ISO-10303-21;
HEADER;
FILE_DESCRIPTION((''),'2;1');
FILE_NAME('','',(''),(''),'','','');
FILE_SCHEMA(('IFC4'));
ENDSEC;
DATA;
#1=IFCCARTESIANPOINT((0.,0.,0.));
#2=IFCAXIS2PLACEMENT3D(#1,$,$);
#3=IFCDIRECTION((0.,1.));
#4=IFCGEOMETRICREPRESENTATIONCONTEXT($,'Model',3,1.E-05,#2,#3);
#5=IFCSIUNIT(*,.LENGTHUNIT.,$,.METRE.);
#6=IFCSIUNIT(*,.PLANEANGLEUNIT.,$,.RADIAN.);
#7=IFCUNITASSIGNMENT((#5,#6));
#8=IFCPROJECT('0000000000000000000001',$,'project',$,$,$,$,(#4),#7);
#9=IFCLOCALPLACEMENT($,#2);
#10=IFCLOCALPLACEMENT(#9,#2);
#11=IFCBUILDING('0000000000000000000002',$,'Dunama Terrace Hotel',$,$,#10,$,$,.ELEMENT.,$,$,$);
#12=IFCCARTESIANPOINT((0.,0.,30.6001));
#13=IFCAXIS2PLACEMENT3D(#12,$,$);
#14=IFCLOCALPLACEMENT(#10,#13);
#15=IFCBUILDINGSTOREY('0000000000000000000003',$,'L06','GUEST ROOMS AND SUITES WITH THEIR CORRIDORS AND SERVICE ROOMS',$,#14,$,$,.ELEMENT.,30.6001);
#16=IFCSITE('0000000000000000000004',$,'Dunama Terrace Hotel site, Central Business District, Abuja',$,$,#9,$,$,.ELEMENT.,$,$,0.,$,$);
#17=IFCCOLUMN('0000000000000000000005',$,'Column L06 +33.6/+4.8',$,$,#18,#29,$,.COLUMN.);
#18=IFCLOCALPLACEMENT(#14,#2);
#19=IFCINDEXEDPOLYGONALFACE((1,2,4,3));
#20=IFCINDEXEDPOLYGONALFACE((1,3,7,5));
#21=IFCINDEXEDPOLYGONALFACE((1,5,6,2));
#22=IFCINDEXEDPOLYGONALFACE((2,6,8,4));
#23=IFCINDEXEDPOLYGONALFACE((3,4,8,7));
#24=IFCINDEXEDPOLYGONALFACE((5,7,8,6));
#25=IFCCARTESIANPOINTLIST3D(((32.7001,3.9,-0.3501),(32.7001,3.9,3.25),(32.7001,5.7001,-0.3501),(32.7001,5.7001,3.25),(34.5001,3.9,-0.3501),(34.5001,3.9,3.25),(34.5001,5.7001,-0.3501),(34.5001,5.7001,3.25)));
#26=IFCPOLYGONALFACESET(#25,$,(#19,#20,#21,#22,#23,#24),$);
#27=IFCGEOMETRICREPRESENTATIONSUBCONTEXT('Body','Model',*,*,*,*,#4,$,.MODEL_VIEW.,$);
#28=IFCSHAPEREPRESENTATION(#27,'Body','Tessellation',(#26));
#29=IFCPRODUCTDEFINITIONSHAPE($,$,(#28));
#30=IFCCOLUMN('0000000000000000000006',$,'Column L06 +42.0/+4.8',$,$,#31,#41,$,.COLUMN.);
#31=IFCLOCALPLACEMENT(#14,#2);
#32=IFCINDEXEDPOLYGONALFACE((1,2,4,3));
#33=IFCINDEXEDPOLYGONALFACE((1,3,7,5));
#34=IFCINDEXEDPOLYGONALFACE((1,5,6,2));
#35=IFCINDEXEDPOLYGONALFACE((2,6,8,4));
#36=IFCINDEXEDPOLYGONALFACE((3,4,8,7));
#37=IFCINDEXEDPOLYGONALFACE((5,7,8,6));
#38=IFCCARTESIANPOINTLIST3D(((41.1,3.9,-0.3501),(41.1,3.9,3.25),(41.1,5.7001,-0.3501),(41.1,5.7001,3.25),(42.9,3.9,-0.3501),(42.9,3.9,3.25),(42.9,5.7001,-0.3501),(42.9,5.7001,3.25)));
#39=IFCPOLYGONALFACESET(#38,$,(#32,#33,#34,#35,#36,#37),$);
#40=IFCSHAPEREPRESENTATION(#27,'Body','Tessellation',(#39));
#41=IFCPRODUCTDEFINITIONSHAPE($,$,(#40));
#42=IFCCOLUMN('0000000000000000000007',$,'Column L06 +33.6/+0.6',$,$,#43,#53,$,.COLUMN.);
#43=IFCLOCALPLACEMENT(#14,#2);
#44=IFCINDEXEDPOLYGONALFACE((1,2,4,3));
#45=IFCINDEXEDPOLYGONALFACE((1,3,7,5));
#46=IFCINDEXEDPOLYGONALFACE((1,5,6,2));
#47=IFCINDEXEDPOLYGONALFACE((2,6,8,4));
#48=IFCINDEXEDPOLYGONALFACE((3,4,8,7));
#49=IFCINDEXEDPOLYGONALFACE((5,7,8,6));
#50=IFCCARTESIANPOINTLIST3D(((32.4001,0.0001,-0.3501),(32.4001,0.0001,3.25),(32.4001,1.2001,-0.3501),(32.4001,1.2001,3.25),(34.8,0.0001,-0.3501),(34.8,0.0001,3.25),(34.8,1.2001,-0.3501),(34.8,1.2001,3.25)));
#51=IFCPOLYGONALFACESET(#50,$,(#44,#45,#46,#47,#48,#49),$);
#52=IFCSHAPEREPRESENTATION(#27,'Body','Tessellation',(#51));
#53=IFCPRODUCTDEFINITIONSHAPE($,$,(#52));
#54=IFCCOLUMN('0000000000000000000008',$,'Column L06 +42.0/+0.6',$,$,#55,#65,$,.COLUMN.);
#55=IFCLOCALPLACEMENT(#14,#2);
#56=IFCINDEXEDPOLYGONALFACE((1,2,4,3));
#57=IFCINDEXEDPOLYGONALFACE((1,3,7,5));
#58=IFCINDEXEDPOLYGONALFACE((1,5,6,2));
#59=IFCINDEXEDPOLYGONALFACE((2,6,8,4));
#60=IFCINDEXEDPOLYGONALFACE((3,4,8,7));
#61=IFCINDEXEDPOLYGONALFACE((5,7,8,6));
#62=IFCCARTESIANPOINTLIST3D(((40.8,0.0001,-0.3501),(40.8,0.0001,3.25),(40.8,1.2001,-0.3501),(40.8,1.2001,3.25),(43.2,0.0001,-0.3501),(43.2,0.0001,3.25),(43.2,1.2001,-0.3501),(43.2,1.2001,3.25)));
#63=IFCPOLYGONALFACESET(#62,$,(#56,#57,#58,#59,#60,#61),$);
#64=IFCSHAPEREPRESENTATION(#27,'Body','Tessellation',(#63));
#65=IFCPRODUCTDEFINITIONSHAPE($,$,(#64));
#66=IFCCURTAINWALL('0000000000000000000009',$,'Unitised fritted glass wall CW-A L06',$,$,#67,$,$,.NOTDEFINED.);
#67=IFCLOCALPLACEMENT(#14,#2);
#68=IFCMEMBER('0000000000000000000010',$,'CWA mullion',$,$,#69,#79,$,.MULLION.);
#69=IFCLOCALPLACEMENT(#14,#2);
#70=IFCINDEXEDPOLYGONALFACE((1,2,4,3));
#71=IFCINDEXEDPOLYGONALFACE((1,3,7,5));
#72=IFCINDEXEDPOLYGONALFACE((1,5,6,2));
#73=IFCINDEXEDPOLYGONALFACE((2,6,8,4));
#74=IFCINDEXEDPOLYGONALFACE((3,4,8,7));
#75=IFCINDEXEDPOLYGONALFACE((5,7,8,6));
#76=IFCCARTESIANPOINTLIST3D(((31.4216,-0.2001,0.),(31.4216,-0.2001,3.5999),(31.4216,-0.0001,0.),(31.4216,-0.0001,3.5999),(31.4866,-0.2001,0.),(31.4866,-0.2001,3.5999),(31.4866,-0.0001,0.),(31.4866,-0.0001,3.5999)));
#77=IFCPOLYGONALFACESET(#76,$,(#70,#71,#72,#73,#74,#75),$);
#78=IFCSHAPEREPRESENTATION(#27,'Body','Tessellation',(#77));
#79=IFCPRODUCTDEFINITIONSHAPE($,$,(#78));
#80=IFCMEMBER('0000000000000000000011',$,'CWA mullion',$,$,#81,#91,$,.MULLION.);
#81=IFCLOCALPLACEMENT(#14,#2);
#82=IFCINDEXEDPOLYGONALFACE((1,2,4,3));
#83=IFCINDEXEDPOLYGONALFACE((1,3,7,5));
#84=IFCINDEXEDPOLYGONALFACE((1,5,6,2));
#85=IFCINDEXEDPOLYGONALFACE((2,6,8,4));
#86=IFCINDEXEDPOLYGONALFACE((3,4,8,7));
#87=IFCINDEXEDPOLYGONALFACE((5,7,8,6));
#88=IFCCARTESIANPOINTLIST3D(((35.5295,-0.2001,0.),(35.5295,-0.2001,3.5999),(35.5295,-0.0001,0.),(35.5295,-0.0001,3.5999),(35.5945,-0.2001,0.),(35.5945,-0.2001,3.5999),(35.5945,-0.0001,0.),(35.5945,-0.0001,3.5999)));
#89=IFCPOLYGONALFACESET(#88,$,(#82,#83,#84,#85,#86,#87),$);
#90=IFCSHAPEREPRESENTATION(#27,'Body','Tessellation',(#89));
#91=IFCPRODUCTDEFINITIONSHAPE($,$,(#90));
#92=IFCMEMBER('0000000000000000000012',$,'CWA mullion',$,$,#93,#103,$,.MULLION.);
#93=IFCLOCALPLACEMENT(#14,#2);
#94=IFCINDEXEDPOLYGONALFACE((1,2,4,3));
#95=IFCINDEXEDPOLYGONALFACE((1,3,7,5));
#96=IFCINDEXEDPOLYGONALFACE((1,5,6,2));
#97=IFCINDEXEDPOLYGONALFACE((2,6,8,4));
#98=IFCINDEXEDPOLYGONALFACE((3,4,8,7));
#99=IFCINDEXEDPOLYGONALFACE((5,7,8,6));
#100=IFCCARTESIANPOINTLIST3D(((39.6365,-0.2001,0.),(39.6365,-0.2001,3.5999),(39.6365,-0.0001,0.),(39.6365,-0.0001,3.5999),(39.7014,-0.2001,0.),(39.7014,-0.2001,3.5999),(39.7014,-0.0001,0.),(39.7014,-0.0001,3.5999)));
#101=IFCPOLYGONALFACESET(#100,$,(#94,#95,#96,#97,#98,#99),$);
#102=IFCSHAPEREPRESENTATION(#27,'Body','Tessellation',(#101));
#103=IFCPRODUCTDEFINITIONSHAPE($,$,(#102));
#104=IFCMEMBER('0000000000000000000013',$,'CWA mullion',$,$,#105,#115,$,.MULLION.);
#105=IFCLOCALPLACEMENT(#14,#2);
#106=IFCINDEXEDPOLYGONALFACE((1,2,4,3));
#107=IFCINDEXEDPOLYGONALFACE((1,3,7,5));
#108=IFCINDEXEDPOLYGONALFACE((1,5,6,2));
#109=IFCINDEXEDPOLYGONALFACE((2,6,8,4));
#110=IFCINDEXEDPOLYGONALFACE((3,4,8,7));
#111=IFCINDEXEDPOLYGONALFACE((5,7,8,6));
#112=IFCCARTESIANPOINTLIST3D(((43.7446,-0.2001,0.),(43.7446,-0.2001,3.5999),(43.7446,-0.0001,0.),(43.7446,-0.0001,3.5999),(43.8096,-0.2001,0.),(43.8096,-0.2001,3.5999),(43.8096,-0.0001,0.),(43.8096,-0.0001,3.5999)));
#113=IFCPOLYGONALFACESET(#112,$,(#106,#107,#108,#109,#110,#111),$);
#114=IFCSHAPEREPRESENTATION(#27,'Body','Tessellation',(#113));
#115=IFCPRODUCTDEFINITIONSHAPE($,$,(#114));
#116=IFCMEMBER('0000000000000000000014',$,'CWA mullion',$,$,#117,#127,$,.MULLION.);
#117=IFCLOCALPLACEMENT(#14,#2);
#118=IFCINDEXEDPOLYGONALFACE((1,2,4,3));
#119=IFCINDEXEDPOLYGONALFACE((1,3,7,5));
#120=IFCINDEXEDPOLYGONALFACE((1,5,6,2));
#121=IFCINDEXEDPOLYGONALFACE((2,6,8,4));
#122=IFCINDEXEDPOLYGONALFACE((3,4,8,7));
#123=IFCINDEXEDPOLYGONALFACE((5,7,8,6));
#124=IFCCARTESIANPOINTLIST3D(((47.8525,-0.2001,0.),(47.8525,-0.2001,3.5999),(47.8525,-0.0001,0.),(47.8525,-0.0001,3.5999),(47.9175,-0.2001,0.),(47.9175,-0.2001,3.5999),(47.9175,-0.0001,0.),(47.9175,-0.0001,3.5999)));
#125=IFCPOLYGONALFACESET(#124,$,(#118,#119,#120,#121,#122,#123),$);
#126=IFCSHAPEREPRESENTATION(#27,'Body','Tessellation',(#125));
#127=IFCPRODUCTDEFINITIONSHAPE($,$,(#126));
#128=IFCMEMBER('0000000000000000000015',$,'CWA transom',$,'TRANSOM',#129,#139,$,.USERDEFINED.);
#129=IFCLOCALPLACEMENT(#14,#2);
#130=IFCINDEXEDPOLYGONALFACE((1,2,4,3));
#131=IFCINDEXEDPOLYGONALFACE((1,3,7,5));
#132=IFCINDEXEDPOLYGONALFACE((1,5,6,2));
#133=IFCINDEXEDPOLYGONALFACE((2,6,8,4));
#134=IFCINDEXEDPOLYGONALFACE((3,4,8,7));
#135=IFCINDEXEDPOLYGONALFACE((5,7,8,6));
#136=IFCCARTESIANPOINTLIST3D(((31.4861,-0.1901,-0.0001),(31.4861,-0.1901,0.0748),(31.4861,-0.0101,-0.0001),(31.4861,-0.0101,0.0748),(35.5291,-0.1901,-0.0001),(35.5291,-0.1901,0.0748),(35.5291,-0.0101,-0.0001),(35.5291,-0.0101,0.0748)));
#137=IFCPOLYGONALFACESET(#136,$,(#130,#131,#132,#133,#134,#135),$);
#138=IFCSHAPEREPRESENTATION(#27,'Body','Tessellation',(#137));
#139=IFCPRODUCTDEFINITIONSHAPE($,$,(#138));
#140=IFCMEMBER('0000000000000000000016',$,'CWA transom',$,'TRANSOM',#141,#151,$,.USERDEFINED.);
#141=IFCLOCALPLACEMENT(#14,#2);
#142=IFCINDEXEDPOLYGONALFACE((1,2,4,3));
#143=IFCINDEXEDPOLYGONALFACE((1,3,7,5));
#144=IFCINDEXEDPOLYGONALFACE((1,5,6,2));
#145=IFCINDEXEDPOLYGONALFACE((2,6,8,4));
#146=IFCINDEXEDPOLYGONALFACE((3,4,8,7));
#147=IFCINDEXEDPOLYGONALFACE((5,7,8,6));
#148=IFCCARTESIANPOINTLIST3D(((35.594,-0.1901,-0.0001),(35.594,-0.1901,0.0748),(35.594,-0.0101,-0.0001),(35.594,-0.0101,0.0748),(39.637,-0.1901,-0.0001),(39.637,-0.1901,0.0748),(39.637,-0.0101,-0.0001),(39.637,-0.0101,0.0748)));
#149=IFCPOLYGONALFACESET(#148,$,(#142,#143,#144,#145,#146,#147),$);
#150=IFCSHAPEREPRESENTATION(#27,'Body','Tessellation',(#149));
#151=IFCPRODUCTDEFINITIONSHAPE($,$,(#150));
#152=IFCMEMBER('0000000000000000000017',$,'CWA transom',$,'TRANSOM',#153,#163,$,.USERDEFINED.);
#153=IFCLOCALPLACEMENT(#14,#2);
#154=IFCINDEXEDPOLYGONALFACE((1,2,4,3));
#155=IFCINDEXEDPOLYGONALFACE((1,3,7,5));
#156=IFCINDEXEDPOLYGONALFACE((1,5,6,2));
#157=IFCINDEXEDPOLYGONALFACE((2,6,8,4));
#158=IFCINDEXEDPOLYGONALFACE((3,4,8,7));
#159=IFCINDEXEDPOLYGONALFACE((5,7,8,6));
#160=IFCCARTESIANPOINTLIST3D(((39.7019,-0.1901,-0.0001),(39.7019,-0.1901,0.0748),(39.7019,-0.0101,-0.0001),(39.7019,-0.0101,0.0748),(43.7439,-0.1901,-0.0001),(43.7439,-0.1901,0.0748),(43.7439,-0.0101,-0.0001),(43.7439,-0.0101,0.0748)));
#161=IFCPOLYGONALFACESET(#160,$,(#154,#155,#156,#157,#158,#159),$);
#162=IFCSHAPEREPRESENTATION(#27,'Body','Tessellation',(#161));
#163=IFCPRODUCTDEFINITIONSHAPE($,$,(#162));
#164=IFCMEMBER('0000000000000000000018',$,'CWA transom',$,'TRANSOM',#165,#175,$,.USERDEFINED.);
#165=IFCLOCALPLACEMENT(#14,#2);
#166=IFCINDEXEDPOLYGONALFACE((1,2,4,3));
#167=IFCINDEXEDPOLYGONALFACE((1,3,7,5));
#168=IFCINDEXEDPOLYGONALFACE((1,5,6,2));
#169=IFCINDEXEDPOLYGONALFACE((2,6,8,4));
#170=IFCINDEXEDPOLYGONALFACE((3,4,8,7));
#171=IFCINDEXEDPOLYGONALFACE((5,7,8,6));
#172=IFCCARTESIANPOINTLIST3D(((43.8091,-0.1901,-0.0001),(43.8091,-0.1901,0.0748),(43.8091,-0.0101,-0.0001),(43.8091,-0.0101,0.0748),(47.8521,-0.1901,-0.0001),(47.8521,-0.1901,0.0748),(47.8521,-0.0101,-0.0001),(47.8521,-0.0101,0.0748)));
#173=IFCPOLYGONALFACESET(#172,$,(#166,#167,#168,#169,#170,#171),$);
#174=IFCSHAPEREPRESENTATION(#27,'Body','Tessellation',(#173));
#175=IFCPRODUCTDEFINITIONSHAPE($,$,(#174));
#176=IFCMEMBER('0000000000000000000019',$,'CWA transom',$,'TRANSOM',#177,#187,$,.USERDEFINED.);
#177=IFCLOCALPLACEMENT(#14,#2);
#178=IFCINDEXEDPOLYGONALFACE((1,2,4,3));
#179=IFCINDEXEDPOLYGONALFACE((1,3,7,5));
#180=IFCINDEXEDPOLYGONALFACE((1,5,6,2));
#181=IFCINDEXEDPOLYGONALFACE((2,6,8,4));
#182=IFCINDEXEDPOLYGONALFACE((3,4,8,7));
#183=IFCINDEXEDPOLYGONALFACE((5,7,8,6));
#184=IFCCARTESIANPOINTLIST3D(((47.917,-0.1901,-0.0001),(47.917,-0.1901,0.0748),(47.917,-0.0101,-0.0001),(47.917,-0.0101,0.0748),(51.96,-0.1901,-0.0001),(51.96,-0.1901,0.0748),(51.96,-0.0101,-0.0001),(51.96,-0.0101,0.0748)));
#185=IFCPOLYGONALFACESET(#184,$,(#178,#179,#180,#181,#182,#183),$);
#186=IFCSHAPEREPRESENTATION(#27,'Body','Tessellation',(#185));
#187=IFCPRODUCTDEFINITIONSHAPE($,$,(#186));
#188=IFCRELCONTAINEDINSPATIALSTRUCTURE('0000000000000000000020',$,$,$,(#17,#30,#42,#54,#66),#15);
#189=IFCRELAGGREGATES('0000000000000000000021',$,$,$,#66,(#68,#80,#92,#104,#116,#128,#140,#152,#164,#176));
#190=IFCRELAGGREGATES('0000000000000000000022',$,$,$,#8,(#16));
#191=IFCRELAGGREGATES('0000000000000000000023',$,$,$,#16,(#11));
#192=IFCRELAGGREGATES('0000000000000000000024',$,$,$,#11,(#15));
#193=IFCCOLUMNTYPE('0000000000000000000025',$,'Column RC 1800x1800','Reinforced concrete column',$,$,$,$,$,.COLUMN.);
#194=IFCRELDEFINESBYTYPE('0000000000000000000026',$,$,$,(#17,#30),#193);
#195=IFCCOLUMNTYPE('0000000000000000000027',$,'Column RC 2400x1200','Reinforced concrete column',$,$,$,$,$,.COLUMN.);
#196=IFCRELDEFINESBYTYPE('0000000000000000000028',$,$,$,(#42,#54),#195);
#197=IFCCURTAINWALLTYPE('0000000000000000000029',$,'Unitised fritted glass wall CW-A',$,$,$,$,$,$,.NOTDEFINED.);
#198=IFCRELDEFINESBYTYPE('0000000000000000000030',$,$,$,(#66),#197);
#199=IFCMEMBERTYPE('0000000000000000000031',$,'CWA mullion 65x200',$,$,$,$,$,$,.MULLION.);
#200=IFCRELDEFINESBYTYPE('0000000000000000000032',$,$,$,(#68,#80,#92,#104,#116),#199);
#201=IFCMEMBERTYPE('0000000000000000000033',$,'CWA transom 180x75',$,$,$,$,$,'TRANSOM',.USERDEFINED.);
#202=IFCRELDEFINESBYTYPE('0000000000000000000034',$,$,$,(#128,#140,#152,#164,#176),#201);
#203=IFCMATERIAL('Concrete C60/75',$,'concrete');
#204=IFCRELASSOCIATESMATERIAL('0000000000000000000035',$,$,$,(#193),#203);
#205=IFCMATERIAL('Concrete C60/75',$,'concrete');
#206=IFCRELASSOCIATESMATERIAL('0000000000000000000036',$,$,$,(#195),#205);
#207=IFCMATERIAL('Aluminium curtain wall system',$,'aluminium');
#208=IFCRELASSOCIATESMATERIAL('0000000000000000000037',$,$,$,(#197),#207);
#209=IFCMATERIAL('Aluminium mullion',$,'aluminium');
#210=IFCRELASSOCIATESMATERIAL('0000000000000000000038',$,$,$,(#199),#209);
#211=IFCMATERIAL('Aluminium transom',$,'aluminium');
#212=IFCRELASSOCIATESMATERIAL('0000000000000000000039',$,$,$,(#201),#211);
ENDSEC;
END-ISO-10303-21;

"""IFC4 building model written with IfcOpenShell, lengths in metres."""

from ifc_helpers import new_model, si_unit, direction, frame, origin, origin_2d, place, context, subcontext, project, spatial, rectangle, extrude, material, material_profile, profile_set, type_object, element, aggregate, save


model = new_model("IFC4")

# Units and contexts
model_context = context("Model", 3, precision=1e-05, world=origin(), true_north=direction((0.0, 1.0)))
body_context = subcontext(model_context, "Body", "Model", "MODEL_VIEW")
ifc_project = project(units=[si_unit("LENGTHUNIT", "METRE"), si_unit("PLANEANGLEUNIT", "RADIAN")], contexts=[model_context])

# Site, building, storey
site_placement = place(None, origin())
site = spatial("IfcSite", under=ifc_project, at=site_placement, Name="Dunama Terrace Hotel site, Central Business District, Abuja", CompositionType="ELEMENT", RefElevation=0.0)
building_placement = place(site_placement, origin())
building = spatial("IfcBuilding", under=site, at=building_placement, Name="Dunama Terrace Hotel", CompositionType="ELEMENT")
storey_placement = place(building_placement, frame((0.0, 0.0, 30.6001)))
storey = spatial("IfcBuildingStorey", under=building, at=storey_placement, Name="L06", Description="GUEST ROOMS AND SUITES WITH THEIR CORRIDORS AND SERVICE ROOMS", CompositionType="ELEMENT", Elevation=30.6001)

# Columns
ifc_material_1 = material(Name="Concrete C60/75", Category="concrete")
ifc_material_profile_1 = material_profile(ifc_material_1, rectangle(XDim=1.8, YDim=1.8, at=origin_2d()), Name="RC 1800x1800")
ifc_profile_set_1 = profile_set([ifc_material_profile_1], Name="Concrete C60/75")
column_type_1 = type_object("IfcColumnType", Name="Column RC 1800x1800", Description="Reinforced concrete column", PredefinedType="COLUMN", material=ifc_profile_set_1)
for number, where, z_axis, x_axis, name in (
    (1, (33.6001, 4.8, -0.3501), (0.0, 0.0, 1.0), (1.0, 0.0, 0.0), "Column L06 +33.6/+4.8"),
    (2, (42.0, 4.8, -0.3501), (0.0, 0.0, 1.0), (1.0, 0.0, 0.0), "Column L06 +42.0/+4.8"),
):
    element("IfcColumn", number, at=place(storey_placement, frame(where, z_axis=z_axis, x_axis=x_axis)), inside=storey, type_object=column_type_1, Name=name, PredefinedType="COLUMN", context=body_context, shape_type="SweptSolid", body=[
        extrude(rectangle(XDim=1.8, YDim=1.8, at=origin_2d()), origin(), (0.0, 0.0, 1.0), 3.6001),
    ])
ifc_material_2 = material(Name="Concrete C60/75", Category="concrete")
ifc_material_profile_2 = material_profile(ifc_material_2, rectangle(XDim=2.3999, YDim=1.2, at=origin_2d()), Name="RC 2400x1200")
ifc_profile_set_2 = profile_set([ifc_material_profile_2], Name="Concrete C60/75")
column_type_2 = type_object("IfcColumnType", Name="Column RC 2400x1200", Description="Reinforced concrete column", PredefinedType="COLUMN", material=ifc_profile_set_2)
for number, where, z_axis, x_axis, name in (
    (3, (33.6001, 0.6001, -0.3501), (0.0, 0.0, 1.0), (1.0, 0.0, 0.0), "Column L06 +33.6/+0.6"),
    (4, (42.0, 0.6001, -0.3501), (0.0, 0.0, 1.0), (1.0, 0.0, 0.0), "Column L06 +42.0/+0.6"),
):
    element("IfcColumn", number, at=place(storey_placement, frame(where, z_axis=z_axis, x_axis=x_axis)), inside=storey, type_object=column_type_2, Name=name, PredefinedType="COLUMN", context=body_context, shape_type="SweptSolid", body=[
        extrude(rectangle(XDim=2.3999, YDim=1.2, at=origin_2d()), origin(), (0.0, 0.0, 1.0), 3.6001),
    ])

# Curtain wall, members
ifc_material_3 = material(Name="Aluminium curtain wall system", Category="aluminium")
curtain_wall_type = type_object("IfcCurtainWallType", Name="Unitised fritted glass wall CW-A", PredefinedType="NOTDEFINED", material=ifc_material_3)
curtain_wall_placement = place(storey_placement, origin())
curtain_wall = element("IfcCurtainWall", 5, at=curtain_wall_placement, inside=storey, type_object=curtain_wall_type, Name="Unitised fritted glass wall CW-A L06", PredefinedType="NOTDEFINED")
ifc_material_4 = material(Name="Aluminium mullion", Category="aluminium")
ifc_material_profile_3 = material_profile(ifc_material_4, rectangle(XDim=0.0649, YDim=0.2, at=origin_2d()), Name="CWA MULLION 65X200")
ifc_profile_set_3 = profile_set([ifc_material_profile_3], Name="Aluminium mullion")
member_type_1 = type_object("IfcMemberType", Name="CWA mullion 65x200", PredefinedType="MULLION", material=ifc_profile_set_3)
member_1_placement = place(storey_placement, frame((31.4541, -0.1001, 0.0), z_axis=(0.0, 0.0, 1.0), x_axis=(1.0, 0.0, 0.0)))
member_1 = element("IfcMember", 6, at=member_1_placement, type_object=member_type_1, Name="CWA mullion", PredefinedType="MULLION", context=body_context, shape_type="SweptSolid", body=[
    extrude(rectangle(XDim=0.0649, YDim=0.2, at=origin_2d()), origin(), (0.0, 0.0, 1.0), 3.5999),
])
member_2_placement = place(storey_placement, frame((35.562, -0.1001, 0.0), z_axis=(0.0, 0.0, 1.0), x_axis=(1.0, 0.0, 0.0)))
member_2 = element("IfcMember", 7, at=member_2_placement, type_object=member_type_1, Name="CWA mullion", PredefinedType="MULLION", context=body_context, shape_type="SweptSolid", body=[
    extrude(rectangle(XDim=0.0649, YDim=0.2, at=origin_2d()), origin(), (0.0, 0.0, 1.0), 3.5999),
])
member_3_placement = place(storey_placement, frame((39.6689, -0.1001, 0.0), z_axis=(0.0, 0.0, 1.0), x_axis=(1.0, 0.0, 0.0)))
member_3 = element("IfcMember", 8, at=member_3_placement, type_object=member_type_1, Name="CWA mullion", PredefinedType="MULLION", context=body_context, shape_type="SweptSolid", body=[
    extrude(rectangle(XDim=0.0649, YDim=0.2, at=origin_2d()), origin(), (0.0, 0.0, 1.0), 3.5999),
])
member_4_placement = place(storey_placement, frame((43.7771, -0.1001, 0.0), z_axis=(0.0, 0.0, 1.0), x_axis=(1.0, 0.0, 0.0)))
member_4 = element("IfcMember", 9, at=member_4_placement, type_object=member_type_1, Name="CWA mullion", PredefinedType="MULLION", context=body_context, shape_type="SweptSolid", body=[
    extrude(rectangle(XDim=0.0649, YDim=0.2, at=origin_2d()), origin(), (0.0, 0.0, 1.0), 3.5999),
])
member_5_placement = place(storey_placement, frame((47.885, -0.1001, 0.0), z_axis=(0.0, 0.0, 1.0), x_axis=(1.0, 0.0, 0.0)))
member_5 = element("IfcMember", 10, at=member_5_placement, type_object=member_type_1, Name="CWA mullion", PredefinedType="MULLION", context=body_context, shape_type="SweptSolid", body=[
    extrude(rectangle(XDim=0.0649, YDim=0.2, at=origin_2d()), origin(), (0.0, 0.0, 1.0), 3.5999),
])
ifc_material_5 = material(Name="Aluminium transom", Category="aluminium")
ifc_material_profile_4 = material_profile(ifc_material_5, rectangle(XDim=0.1799, YDim=0.075, at=origin_2d()), Name="CWA TRANSOM 180X75")
ifc_profile_set_4 = profile_set([ifc_material_profile_4], Name="Aluminium transom")
member_type_2 = type_object("IfcMemberType", Name="CWA transom 180x75", ElementType="TRANSOM", PredefinedType="USERDEFINED", material=ifc_profile_set_4)
member_6_placement = place(storey_placement, frame((31.4861, -0.1001, 0.0374), z_axis=(1.0, 0.0, 0.0), x_axis=(0.0, 1.0, 0.0)))
member_6 = element("IfcMember", 11, at=member_6_placement, type_object=member_type_2, Name="CWA transom", ObjectType="TRANSOM", PredefinedType="USERDEFINED", context=body_context, shape_type="SweptSolid", body=[
    extrude(rectangle(XDim=0.1799, YDim=0.075, at=origin_2d()), origin(), (0.0, 0.0, 1.0), 4.043),
])
member_7_placement = place(storey_placement, frame((35.594, -0.1001, 0.0374), z_axis=(1.0, 0.0, 0.0), x_axis=(0.0, 1.0, 0.0)))
member_7 = element("IfcMember", 12, at=member_7_placement, type_object=member_type_2, Name="CWA transom", ObjectType="TRANSOM", PredefinedType="USERDEFINED", context=body_context, shape_type="SweptSolid", body=[
    extrude(rectangle(XDim=0.1799, YDim=0.075, at=origin_2d()), origin(), (0.0, 0.0, 1.0), 4.043),
])
member_8_placement = place(storey_placement, frame((39.7019, -0.1001, 0.0374), z_axis=(1.0, 0.0, 0.0), x_axis=(0.0, 1.0, 0.0)))
member_8 = element("IfcMember", 13, at=member_8_placement, type_object=member_type_2, Name="CWA transom", ObjectType="TRANSOM", PredefinedType="USERDEFINED", context=body_context, shape_type="SweptSolid", body=[
    extrude(rectangle(XDim=0.1799, YDim=0.075, at=origin_2d()), origin(), (0.0, 0.0, 1.0), 4.042),
])
member_9_placement = place(storey_placement, frame((43.8091, -0.1001, 0.0374), z_axis=(1.0, 0.0, 0.0), x_axis=(0.0, 1.0, 0.0)))
member_9 = element("IfcMember", 14, at=member_9_placement, type_object=member_type_2, Name="CWA transom", ObjectType="TRANSOM", PredefinedType="USERDEFINED", context=body_context, shape_type="SweptSolid", body=[
    extrude(rectangle(XDim=0.1799, YDim=0.075, at=origin_2d()), origin(), (0.0, 0.0, 1.0), 4.043),
])
member_10_placement = place(storey_placement, frame((47.917, -0.1001, 0.0374), z_axis=(1.0, 0.0, 0.0), x_axis=(0.0, 1.0, 0.0)))
member_10 = element("IfcMember", 15, at=member_10_placement, type_object=member_type_2, Name="CWA transom", ObjectType="TRANSOM", PredefinedType="USERDEFINED", context=body_context, shape_type="SweptSolid", body=[
    extrude(rectangle(XDim=0.1799, YDim=0.075, at=origin_2d()), origin(), (0.0, 0.0, 1.0), 4.043),
])

aggregate(curtain_wall, [member_1, member_2, member_3, member_4, member_5, member_6, member_7, member_8, member_9, member_10])

save(model, "model.ifc")
